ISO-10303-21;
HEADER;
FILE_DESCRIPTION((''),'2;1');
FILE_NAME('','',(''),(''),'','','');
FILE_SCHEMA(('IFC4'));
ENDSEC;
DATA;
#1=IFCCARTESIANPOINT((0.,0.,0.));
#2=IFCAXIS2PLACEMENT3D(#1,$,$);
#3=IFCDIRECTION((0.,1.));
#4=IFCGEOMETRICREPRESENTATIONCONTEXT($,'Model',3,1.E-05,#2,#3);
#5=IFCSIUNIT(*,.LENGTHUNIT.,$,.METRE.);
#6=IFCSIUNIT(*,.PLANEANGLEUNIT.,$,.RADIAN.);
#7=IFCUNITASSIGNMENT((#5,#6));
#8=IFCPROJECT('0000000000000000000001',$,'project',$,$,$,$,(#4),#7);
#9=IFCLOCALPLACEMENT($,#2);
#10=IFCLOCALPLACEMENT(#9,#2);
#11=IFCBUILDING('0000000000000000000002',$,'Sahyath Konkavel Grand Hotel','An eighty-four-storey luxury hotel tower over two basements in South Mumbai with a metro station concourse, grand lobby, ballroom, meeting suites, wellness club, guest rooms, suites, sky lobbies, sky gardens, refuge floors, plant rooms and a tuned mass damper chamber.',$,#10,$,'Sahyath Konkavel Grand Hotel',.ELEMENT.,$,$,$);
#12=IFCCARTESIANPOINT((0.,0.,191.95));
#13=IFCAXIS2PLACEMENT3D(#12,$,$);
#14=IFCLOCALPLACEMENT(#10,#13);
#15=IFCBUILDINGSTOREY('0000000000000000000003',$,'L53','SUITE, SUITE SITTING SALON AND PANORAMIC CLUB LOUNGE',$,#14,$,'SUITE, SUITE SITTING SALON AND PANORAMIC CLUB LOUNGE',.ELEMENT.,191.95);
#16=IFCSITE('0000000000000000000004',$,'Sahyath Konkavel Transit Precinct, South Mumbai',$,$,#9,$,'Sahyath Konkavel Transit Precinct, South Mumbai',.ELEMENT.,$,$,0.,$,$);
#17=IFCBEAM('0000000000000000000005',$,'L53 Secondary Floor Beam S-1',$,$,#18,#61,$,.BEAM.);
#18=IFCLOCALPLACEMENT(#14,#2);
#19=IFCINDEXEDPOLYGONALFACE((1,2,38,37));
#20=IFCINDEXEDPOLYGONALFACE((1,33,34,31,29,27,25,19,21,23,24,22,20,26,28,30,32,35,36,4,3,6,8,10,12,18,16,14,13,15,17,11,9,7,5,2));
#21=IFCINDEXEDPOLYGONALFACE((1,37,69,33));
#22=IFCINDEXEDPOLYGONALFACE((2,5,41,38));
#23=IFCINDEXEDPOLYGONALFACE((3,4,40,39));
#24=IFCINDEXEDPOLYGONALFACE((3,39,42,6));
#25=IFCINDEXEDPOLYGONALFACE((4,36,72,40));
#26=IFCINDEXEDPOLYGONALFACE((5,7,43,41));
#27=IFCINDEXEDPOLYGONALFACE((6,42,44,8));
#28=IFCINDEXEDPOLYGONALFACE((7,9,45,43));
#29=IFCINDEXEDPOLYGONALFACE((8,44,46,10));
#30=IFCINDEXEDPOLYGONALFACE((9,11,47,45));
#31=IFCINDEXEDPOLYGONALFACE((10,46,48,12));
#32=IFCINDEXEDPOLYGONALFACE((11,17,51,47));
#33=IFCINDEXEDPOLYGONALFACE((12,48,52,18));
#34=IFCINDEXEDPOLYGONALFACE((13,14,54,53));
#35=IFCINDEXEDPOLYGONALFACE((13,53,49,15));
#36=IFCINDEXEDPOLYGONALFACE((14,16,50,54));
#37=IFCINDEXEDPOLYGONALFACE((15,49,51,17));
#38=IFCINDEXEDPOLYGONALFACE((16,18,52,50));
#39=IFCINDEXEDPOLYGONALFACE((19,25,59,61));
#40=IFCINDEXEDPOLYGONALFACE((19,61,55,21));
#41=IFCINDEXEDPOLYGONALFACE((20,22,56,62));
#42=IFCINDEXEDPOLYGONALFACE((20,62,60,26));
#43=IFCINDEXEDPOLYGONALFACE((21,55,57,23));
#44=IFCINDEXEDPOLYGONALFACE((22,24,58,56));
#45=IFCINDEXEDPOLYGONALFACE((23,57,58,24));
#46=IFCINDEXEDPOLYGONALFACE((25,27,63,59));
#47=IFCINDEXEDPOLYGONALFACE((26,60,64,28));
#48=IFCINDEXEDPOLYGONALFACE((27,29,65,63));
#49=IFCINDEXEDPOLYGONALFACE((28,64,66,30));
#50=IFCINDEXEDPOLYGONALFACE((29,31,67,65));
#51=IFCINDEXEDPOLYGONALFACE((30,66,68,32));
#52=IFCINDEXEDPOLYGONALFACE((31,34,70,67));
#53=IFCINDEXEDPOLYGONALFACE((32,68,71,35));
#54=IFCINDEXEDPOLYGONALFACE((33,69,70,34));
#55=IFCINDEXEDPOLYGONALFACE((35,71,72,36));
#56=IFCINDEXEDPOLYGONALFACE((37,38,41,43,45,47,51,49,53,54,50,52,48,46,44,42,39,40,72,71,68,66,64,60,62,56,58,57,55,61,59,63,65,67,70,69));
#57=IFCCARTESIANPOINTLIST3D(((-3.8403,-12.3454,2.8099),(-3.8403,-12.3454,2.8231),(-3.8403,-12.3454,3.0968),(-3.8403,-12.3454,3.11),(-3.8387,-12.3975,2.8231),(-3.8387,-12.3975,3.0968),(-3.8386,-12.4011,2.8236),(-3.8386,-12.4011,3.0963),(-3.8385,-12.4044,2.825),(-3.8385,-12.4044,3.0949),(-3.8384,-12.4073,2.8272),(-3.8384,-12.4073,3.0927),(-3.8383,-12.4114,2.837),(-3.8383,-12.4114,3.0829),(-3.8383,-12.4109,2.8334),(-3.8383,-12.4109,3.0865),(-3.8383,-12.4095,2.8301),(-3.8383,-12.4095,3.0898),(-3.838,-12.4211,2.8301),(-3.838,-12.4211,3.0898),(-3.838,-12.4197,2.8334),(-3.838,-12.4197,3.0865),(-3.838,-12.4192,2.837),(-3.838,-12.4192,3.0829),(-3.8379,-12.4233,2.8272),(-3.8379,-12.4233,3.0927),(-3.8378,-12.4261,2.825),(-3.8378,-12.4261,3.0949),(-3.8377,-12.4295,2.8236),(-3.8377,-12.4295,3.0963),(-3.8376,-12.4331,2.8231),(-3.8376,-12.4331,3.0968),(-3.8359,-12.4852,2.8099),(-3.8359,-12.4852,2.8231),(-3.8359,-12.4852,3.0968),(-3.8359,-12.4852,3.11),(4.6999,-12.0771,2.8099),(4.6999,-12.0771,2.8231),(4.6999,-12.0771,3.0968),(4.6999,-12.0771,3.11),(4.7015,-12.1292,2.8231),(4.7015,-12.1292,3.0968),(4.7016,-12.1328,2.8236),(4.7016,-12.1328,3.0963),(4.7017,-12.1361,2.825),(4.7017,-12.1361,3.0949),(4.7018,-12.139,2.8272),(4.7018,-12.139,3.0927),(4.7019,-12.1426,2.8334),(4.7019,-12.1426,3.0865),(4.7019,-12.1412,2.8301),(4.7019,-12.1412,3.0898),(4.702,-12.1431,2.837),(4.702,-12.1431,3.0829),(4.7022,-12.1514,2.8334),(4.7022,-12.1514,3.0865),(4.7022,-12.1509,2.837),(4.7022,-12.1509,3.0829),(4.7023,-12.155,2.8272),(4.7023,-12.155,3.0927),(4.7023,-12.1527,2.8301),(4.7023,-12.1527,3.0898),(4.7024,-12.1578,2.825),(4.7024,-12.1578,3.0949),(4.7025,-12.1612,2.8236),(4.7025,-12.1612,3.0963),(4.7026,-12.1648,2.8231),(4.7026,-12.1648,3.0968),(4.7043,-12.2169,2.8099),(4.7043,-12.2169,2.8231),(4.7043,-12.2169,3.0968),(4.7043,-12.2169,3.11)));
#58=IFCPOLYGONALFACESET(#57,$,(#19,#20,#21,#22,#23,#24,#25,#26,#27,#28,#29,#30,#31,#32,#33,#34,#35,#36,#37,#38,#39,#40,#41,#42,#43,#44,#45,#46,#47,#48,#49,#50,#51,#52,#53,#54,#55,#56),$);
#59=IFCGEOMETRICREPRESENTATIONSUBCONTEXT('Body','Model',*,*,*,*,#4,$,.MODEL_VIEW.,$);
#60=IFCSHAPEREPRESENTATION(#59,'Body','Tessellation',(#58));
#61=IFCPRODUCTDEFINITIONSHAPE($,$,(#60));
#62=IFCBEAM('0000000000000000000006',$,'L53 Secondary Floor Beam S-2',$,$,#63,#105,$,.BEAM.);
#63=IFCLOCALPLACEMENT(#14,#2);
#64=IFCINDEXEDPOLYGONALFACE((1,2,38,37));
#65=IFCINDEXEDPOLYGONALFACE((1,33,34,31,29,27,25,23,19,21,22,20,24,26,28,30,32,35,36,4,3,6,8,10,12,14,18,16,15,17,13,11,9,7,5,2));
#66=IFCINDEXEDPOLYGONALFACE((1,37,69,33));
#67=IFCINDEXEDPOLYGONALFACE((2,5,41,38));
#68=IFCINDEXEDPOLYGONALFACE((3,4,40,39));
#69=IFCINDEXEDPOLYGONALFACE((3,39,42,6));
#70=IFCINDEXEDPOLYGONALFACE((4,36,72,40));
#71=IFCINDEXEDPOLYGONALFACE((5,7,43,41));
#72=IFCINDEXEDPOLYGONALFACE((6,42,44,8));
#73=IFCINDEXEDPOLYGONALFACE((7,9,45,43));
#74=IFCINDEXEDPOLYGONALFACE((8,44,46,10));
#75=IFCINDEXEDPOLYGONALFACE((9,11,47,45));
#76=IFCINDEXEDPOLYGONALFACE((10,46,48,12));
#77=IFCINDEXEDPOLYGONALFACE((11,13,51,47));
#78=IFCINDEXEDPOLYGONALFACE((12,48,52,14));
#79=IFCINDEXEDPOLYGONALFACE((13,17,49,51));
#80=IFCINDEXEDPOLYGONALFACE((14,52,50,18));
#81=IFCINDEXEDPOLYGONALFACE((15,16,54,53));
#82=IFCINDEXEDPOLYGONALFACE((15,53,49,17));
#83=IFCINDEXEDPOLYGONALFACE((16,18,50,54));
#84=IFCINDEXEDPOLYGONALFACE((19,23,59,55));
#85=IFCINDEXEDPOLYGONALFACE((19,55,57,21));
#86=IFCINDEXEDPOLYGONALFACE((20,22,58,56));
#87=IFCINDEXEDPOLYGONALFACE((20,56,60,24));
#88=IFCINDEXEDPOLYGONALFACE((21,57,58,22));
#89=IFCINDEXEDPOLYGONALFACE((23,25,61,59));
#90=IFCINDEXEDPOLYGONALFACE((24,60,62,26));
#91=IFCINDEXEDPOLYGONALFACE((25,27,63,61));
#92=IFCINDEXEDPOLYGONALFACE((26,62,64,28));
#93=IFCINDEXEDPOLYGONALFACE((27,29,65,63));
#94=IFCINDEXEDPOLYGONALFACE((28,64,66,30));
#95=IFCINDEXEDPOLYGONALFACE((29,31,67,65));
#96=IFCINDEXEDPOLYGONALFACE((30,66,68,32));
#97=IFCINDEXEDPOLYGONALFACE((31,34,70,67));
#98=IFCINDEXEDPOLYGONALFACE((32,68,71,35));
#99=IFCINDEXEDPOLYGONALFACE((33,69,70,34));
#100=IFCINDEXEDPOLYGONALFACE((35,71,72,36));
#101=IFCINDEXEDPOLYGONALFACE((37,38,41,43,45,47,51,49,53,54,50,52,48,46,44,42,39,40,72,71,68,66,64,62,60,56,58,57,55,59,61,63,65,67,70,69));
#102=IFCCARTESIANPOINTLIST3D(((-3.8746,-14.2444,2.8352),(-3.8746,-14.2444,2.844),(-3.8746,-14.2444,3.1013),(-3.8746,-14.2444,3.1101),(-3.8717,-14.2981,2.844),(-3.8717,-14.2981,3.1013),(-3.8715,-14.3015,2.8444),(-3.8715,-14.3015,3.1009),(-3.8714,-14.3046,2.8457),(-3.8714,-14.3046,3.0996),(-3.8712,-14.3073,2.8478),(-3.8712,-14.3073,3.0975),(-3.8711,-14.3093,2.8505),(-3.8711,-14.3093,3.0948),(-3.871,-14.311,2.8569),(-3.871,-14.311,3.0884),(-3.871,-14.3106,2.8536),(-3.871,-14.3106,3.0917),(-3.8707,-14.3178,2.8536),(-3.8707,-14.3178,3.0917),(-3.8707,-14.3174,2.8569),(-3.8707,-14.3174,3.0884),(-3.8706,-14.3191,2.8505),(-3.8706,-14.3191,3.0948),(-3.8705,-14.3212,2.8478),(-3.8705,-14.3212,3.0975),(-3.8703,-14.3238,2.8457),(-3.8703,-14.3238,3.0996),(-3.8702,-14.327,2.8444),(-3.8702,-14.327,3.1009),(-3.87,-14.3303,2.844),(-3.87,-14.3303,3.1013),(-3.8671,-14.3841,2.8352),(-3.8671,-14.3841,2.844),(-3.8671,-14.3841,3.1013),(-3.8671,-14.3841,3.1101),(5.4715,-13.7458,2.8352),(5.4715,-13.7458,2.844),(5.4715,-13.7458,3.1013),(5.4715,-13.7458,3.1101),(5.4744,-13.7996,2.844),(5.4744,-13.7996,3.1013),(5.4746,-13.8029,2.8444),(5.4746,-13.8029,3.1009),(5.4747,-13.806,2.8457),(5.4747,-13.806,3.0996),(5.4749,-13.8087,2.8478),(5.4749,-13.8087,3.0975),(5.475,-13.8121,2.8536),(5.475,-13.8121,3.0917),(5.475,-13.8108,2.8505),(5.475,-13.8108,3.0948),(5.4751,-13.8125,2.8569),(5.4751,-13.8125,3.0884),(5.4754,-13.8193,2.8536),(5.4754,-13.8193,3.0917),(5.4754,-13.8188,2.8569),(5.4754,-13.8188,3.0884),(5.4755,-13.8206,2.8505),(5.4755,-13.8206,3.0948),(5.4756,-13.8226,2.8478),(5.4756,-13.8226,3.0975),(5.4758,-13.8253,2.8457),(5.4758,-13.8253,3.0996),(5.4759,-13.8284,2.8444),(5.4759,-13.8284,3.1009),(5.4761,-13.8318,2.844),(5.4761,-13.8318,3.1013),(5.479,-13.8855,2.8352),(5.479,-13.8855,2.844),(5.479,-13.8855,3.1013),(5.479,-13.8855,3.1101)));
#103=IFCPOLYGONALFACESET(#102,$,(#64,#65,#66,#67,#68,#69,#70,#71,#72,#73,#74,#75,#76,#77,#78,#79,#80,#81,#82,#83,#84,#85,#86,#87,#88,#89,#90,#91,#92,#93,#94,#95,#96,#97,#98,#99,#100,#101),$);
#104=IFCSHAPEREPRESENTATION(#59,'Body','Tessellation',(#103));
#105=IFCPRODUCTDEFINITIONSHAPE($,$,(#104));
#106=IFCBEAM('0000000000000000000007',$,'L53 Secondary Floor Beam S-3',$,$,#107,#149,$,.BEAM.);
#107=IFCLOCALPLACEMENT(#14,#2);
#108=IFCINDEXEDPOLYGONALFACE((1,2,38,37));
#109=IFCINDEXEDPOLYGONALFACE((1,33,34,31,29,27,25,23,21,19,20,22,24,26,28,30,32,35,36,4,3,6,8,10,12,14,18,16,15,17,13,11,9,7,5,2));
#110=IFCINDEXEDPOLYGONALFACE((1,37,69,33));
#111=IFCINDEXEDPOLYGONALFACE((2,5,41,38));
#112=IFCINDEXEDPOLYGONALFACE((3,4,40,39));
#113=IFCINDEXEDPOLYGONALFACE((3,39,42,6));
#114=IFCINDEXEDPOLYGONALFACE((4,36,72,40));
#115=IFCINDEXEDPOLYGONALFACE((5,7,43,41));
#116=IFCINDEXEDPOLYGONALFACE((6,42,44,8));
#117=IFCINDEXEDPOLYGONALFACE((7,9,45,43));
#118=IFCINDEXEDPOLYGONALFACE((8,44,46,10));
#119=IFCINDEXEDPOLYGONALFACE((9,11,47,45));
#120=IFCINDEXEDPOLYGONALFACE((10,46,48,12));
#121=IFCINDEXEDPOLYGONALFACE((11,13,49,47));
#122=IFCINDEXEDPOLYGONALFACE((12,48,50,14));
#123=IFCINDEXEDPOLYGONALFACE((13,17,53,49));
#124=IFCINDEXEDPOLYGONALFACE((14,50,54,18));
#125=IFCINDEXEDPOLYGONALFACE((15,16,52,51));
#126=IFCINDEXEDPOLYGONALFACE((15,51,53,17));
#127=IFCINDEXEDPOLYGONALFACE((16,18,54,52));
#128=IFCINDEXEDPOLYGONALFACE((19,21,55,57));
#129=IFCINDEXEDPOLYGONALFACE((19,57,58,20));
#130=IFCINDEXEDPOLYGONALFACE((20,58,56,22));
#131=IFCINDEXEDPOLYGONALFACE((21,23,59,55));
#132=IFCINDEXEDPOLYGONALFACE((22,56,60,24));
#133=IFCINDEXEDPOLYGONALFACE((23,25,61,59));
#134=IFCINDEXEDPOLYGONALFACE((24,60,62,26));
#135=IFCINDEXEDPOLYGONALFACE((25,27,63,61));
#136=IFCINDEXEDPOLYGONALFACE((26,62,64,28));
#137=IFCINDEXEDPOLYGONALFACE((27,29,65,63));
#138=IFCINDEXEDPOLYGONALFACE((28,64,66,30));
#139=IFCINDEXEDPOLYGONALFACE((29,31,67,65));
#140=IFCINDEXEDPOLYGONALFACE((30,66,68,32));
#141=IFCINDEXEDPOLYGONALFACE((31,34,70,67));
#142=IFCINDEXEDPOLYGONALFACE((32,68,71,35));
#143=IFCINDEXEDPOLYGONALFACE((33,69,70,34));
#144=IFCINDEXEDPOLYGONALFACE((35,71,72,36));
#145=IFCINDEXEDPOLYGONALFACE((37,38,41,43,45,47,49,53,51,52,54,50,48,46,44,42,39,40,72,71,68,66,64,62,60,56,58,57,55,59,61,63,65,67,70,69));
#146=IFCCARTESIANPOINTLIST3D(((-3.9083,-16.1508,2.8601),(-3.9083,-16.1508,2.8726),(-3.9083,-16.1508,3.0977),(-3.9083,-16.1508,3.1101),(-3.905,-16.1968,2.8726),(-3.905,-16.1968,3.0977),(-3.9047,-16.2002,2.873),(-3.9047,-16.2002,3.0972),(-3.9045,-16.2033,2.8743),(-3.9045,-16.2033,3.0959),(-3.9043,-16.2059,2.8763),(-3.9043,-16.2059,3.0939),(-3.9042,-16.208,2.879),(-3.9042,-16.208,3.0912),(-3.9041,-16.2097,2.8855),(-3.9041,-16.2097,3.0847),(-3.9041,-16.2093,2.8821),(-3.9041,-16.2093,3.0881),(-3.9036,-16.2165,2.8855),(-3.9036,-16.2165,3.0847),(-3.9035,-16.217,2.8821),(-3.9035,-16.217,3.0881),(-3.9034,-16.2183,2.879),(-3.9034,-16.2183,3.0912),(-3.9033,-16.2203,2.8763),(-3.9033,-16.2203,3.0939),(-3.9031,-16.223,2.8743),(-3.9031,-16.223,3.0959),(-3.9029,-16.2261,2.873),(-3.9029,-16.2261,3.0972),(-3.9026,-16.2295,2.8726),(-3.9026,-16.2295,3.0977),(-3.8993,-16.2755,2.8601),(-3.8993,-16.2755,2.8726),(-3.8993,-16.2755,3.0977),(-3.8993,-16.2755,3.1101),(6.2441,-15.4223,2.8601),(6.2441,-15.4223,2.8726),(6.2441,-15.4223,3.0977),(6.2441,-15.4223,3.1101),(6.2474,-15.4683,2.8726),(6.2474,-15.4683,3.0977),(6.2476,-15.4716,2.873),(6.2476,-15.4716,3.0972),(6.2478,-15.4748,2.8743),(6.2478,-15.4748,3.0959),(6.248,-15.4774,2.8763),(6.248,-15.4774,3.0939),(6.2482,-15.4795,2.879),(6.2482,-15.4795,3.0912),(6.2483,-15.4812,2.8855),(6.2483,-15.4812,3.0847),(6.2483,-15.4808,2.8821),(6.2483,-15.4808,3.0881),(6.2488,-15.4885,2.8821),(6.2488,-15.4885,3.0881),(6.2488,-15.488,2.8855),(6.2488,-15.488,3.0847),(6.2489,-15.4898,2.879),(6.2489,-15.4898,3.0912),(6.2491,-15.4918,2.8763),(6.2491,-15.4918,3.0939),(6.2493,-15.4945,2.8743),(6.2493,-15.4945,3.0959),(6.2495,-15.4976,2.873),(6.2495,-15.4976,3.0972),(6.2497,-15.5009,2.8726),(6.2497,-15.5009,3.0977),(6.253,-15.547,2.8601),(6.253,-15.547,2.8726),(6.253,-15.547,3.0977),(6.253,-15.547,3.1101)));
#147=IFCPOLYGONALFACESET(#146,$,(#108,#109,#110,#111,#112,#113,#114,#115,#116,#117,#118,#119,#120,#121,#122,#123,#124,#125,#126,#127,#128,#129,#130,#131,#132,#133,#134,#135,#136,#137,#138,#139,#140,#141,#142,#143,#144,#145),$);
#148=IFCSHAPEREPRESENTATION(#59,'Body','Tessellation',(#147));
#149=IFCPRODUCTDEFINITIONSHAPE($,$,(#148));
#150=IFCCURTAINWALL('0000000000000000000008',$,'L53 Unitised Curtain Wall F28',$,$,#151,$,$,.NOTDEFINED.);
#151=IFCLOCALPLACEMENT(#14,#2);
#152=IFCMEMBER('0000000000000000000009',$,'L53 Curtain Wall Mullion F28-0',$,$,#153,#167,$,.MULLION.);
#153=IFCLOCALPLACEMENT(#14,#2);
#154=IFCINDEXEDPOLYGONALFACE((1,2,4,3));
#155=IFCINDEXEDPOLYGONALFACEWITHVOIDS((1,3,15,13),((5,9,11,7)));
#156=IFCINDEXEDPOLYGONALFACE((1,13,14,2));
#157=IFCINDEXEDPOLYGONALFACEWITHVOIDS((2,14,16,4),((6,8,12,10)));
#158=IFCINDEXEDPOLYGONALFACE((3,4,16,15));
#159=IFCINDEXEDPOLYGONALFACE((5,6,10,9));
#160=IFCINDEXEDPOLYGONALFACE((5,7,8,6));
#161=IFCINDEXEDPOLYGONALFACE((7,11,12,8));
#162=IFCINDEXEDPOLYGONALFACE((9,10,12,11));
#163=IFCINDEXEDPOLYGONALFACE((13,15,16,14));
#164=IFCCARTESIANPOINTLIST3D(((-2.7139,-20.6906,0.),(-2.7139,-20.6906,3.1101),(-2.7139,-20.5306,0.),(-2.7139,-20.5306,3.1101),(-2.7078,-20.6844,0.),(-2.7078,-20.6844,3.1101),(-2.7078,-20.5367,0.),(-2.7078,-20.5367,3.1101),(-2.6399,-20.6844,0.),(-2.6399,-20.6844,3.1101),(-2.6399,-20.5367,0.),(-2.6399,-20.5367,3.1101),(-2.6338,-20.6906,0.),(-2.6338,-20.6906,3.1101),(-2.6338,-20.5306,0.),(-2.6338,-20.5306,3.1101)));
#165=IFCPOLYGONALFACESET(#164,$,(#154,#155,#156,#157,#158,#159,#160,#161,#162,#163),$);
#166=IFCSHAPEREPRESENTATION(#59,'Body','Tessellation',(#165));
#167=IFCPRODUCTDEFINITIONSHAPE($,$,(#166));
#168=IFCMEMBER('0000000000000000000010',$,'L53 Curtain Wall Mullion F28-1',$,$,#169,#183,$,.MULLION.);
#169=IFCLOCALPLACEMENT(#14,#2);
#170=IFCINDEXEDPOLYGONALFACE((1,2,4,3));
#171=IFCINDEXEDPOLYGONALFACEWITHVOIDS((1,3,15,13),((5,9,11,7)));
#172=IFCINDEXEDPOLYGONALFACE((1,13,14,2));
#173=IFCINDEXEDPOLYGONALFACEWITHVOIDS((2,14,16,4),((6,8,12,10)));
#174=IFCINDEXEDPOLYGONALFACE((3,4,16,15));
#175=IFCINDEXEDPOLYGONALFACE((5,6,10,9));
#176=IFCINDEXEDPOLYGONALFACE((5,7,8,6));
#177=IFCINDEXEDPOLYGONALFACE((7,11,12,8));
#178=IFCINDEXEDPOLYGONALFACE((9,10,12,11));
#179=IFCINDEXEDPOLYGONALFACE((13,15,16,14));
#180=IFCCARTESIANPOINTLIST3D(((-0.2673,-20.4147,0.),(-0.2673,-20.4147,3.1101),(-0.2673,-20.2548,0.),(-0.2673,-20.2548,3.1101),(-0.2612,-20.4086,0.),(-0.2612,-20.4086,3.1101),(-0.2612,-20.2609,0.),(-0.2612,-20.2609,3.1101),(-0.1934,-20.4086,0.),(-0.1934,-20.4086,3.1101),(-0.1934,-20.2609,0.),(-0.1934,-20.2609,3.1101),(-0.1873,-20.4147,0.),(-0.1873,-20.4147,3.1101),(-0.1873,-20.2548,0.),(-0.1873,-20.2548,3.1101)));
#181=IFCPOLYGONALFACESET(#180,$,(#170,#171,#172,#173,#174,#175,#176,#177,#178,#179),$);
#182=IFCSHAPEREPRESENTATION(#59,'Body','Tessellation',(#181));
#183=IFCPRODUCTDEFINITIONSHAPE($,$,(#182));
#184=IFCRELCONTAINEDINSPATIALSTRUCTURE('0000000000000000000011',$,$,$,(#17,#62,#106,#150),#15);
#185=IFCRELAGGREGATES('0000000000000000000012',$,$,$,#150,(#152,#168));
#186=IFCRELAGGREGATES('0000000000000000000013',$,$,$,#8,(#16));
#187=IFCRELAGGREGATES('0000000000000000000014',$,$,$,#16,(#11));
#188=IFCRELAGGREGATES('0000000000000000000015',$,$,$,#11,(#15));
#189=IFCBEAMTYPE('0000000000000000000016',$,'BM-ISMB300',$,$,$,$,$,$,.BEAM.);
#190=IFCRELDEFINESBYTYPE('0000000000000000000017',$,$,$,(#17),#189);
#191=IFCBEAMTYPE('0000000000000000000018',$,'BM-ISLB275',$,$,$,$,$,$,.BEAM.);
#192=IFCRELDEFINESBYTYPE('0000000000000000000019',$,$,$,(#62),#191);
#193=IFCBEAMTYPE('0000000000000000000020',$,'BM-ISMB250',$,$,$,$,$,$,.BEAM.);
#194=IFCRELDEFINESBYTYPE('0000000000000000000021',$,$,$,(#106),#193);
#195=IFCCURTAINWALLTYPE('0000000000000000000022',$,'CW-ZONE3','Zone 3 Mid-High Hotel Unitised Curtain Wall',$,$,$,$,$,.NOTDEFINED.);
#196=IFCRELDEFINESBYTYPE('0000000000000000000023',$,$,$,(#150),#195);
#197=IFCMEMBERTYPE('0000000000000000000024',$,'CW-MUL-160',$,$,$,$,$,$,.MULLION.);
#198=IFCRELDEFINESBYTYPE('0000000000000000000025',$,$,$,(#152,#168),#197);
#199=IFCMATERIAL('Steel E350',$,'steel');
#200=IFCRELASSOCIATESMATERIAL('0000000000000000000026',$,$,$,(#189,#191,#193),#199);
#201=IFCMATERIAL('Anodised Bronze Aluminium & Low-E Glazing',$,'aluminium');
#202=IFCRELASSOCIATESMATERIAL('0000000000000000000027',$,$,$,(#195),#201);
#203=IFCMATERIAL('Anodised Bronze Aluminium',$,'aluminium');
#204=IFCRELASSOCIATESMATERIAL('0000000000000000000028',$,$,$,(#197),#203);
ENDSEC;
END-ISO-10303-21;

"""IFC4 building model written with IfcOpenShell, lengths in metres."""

from ifc_helpers import new_model, si_unit, direction, frame, origin, origin_2d, place, context, subcontext, project, spatial, hollow_rectangle, i_section, extrude, source, transform, mapped, material, material_profile, profile_set, type_object, element, aggregate, save


model = new_model("IFC4")

# Units and contexts
model_context = context("Model", 3, precision=1e-05, world=origin(), true_north=direction((0.0, 1.0)))
body_context = subcontext(model_context, "Body", "Model", "MODEL_VIEW")
ifc_project = project(units=[si_unit("LENGTHUNIT", "METRE"), si_unit("PLANEANGLEUNIT", "RADIAN")], contexts=[model_context])

# Site, building, storey
site_placement = place(None, origin())
site = spatial("IfcSite", under=ifc_project, at=site_placement, Name="Sahyath Konkavel Transit Precinct, South Mumbai", LongName="Sahyath Konkavel Transit Precinct, South Mumbai", CompositionType="ELEMENT", RefElevation=0.0)
building_placement = place(site_placement, origin())
building = spatial("IfcBuilding", under=site, at=building_placement, Name="Sahyath Konkavel Grand Hotel", Description="An eighty-four-storey luxury hotel tower over two basements in South Mumbai with a metro station concourse, grand lobby, ballroom, meeting suites, wellness club, guest rooms, suites, sky lobbies, sky gardens, refuge floors, plant rooms and a tuned mass damper chamber.", LongName="Sahyath Konkavel Grand Hotel", CompositionType="ELEMENT")
storey_placement = place(building_placement, frame((0.0, 0.0, 191.95)))
storey = spatial("IfcBuildingStorey", under=building, at=storey_placement, Name="L53", Description="SUITE, SUITE SITTING SALON AND PANORAMIC CLUB LOUNGE", LongName="SUITE, SUITE SITTING SALON AND PANORAMIC CLUB LOUNGE", CompositionType="ELEMENT", Elevation=191.95)

# Beams
ifc_material_1 = material(Name="Steel E350", Category="steel")
ifc_material_profile_1 = material_profile(ifc_material_1, i_section(OverallWidth=0.1399, OverallDepth=0.3, WebThickness=0.0078, FlangeThickness=0.0132, FilletRadius=0.0139, at=origin_2d()), Name="ISMB 300")
ifc_profile_set_1 = profile_set([ifc_material_profile_1], Name="Steel E350")
beam_type_1 = type_object("IfcBeamType", Name="BM-ISMB300", PredefinedType="BEAM", material=ifc_profile_set_1)
shared_shape_1 = source(origin(), body_context, "Body", "SweptSolid", [
    extrude(i_section(OverallWidth=0.1399, OverallDepth=0.3, WebThickness=0.0078, FlangeThickness=0.0132, FilletRadius=0.0139, at=origin_2d()), origin(), (0.0, 0.0, 1.0), 8.5444),
])
beam_1_placement = place(storey_placement, frame((-3.8381, -12.4153, 2.96), z_axis=(0.999507, 0.031402, 0.0), x_axis=(-0.031402, 0.999507, 0.0)))
element("IfcBeam", 1, at=beam_1_placement, inside=storey, type_object=beam_type_1, Name="L53 Secondary Floor Beam S-1", PredefinedType="BEAM", context=body_context, shape_type="MappedRepresentation", body=[
    mapped(shared_shape_1, transform((0.0, 0.0, 0.0), scale=1.0)),
])
ifc_material_profile_2 = material_profile(ifc_material_1, i_section(OverallWidth=0.1399, OverallDepth=0.2749, WebThickness=0.0063, FlangeThickness=0.0088, FilletRadius=0.0129, at=origin_2d()), Name="ISLB 275")
ifc_profile_set_2 = profile_set([ifc_material_profile_2], Name="Steel E350")
beam_type_2 = type_object("IfcBeamType", Name="BM-ISLB275", PredefinedType="BEAM", material=ifc_profile_set_2)
shared_shape_2 = source(origin(), body_context, "Body", "SweptSolid", [
    extrude(i_section(OverallWidth=0.1399, OverallDepth=0.2749, WebThickness=0.0063, FlangeThickness=0.0088, FilletRadius=0.0129, at=origin_2d()), origin(), (0.0, 0.0, 1.0), 9.3594),
])
beam_2_placement = place(storey_placement, frame((-3.8708, -14.3142, 2.9727), z_axis=(0.99858, 0.053265, 0.0), x_axis=(-0.053265, 0.99858, 0.0)))
element("IfcBeam", 2, at=beam_2_placement, inside=storey, type_object=beam_type_2, Name="L53 Secondary Floor Beam S-2", PredefinedType="BEAM", context=body_context, shape_type="MappedRepresentation", body=[
    mapped(shared_shape_2, transform((0.0, 0.0, 0.0), scale=1.0)),
])
ifc_material_profile_3 = material_profile(ifc_material_1, i_section(OverallWidth=0.125, OverallDepth=0.25, WebThickness=0.0068, FlangeThickness=0.0125, FilletRadius=0.0129, at=origin_2d()), Name="ISMB 250")
ifc_profile_set_3 = profile_set([ifc_material_profile_3], Name="Steel E350")
beam_type_3 = type_object("IfcBeamType", Name="BM-ISMB250", PredefinedType="BEAM", material=ifc_profile_set_3)
shared_shape_3 = source(origin(), body_context, "Body", "SweptSolid", [
    extrude(i_section(OverallWidth=0.125, OverallDepth=0.25, WebThickness=0.0068, FlangeThickness=0.0125, FilletRadius=0.0129, at=origin_2d()), origin(), (0.0, 0.0, 1.0), 10.1785),
])
beam_3_placement = place(storey_placement, frame((-3.9038, -16.2131, 2.9851), z_axis=(0.997435, 0.071574, 0.0), x_axis=(-0.071574, 0.997435, 0.0)))
element("IfcBeam", 3, at=beam_3_placement, inside=storey, type_object=beam_type_3, Name="L53 Secondary Floor Beam S-3", PredefinedType="BEAM", context=body_context, shape_type="MappedRepresentation", body=[
    mapped(shared_shape_3, transform((0.0, 0.0, 0.0), scale=1.0)),
])

# Curtain wall, members
ifc_material_2 = material(Name="Anodised Bronze Aluminium & Low-E Glazing", Category="aluminium")
curtain_wall_type = type_object("IfcCurtainWallType", Name="CW-ZONE3", Description="Zone 3 Mid-High Hotel Unitised Curtain Wall", PredefinedType="NOTDEFINED", material=ifc_material_2)
curtain_wall_placement = place(storey_placement, origin())
curtain_wall = element("IfcCurtainWall", 4, at=curtain_wall_placement, inside=storey, type_object=curtain_wall_type, Name="L53 Unitised Curtain Wall F28", PredefinedType="NOTDEFINED")
ifc_material_3 = material(Name="Anodised Bronze Aluminium", Category="aluminium")
ifc_material_profile_4 = material_profile(ifc_material_3, hollow_rectangle(XDim=0.0801, YDim=0.1599, WallThickness=0.0061, at=origin_2d()), Name="RHS 160x80x6")
ifc_profile_set_4 = profile_set([ifc_material_profile_4], Name="Anodised Bronze Aluminium")
member_type_1 = type_object("IfcMemberType", Name="CW-MUL-160", PredefinedType="MULLION", material=ifc_profile_set_4)
shared_shape_4 = source(origin(), body_context, "Body", "SweptSolid", [
    extrude(hollow_rectangle(XDim=0.0801, YDim=0.1599, WallThickness=0.0061, at=origin_2d()), origin(), (0.0, 0.0, 1.0), 3.1101),
])
member_1_placement = place(storey_placement, frame((-2.6738, -20.6106, 0.0), z_axis=(0.0, 0.0, 1.0), x_axis=(1.0, 0.0, 0.0)))
member_1 = element("IfcMember", 5, at=member_1_placement, type_object=member_type_1, Name="L53 Curtain Wall Mullion F28-0", PredefinedType="MULLION", context=body_context, shape_type="MappedRepresentation", body=[
    mapped(shared_shape_4, transform((0.0, 0.0, 0.0), scale=1.0)),
])
member_2_placement = place(storey_placement, frame((-0.2273, -20.3347, 0.0), z_axis=(0.0, 0.0, 1.0), x_axis=(1.0, 0.0, 0.0)))
member_2 = element("IfcMember", 6, at=member_2_placement, type_object=member_type_1, Name="L53 Curtain Wall Mullion F28-1", PredefinedType="MULLION", context=body_context, shape_type="MappedRepresentation", body=[
    mapped(shared_shape_4, transform((0.0, 0.0, 0.0), scale=1.0)),
])
aggregate(curtain_wall, [member_1, member_2])

save(model, "model.ifc")
